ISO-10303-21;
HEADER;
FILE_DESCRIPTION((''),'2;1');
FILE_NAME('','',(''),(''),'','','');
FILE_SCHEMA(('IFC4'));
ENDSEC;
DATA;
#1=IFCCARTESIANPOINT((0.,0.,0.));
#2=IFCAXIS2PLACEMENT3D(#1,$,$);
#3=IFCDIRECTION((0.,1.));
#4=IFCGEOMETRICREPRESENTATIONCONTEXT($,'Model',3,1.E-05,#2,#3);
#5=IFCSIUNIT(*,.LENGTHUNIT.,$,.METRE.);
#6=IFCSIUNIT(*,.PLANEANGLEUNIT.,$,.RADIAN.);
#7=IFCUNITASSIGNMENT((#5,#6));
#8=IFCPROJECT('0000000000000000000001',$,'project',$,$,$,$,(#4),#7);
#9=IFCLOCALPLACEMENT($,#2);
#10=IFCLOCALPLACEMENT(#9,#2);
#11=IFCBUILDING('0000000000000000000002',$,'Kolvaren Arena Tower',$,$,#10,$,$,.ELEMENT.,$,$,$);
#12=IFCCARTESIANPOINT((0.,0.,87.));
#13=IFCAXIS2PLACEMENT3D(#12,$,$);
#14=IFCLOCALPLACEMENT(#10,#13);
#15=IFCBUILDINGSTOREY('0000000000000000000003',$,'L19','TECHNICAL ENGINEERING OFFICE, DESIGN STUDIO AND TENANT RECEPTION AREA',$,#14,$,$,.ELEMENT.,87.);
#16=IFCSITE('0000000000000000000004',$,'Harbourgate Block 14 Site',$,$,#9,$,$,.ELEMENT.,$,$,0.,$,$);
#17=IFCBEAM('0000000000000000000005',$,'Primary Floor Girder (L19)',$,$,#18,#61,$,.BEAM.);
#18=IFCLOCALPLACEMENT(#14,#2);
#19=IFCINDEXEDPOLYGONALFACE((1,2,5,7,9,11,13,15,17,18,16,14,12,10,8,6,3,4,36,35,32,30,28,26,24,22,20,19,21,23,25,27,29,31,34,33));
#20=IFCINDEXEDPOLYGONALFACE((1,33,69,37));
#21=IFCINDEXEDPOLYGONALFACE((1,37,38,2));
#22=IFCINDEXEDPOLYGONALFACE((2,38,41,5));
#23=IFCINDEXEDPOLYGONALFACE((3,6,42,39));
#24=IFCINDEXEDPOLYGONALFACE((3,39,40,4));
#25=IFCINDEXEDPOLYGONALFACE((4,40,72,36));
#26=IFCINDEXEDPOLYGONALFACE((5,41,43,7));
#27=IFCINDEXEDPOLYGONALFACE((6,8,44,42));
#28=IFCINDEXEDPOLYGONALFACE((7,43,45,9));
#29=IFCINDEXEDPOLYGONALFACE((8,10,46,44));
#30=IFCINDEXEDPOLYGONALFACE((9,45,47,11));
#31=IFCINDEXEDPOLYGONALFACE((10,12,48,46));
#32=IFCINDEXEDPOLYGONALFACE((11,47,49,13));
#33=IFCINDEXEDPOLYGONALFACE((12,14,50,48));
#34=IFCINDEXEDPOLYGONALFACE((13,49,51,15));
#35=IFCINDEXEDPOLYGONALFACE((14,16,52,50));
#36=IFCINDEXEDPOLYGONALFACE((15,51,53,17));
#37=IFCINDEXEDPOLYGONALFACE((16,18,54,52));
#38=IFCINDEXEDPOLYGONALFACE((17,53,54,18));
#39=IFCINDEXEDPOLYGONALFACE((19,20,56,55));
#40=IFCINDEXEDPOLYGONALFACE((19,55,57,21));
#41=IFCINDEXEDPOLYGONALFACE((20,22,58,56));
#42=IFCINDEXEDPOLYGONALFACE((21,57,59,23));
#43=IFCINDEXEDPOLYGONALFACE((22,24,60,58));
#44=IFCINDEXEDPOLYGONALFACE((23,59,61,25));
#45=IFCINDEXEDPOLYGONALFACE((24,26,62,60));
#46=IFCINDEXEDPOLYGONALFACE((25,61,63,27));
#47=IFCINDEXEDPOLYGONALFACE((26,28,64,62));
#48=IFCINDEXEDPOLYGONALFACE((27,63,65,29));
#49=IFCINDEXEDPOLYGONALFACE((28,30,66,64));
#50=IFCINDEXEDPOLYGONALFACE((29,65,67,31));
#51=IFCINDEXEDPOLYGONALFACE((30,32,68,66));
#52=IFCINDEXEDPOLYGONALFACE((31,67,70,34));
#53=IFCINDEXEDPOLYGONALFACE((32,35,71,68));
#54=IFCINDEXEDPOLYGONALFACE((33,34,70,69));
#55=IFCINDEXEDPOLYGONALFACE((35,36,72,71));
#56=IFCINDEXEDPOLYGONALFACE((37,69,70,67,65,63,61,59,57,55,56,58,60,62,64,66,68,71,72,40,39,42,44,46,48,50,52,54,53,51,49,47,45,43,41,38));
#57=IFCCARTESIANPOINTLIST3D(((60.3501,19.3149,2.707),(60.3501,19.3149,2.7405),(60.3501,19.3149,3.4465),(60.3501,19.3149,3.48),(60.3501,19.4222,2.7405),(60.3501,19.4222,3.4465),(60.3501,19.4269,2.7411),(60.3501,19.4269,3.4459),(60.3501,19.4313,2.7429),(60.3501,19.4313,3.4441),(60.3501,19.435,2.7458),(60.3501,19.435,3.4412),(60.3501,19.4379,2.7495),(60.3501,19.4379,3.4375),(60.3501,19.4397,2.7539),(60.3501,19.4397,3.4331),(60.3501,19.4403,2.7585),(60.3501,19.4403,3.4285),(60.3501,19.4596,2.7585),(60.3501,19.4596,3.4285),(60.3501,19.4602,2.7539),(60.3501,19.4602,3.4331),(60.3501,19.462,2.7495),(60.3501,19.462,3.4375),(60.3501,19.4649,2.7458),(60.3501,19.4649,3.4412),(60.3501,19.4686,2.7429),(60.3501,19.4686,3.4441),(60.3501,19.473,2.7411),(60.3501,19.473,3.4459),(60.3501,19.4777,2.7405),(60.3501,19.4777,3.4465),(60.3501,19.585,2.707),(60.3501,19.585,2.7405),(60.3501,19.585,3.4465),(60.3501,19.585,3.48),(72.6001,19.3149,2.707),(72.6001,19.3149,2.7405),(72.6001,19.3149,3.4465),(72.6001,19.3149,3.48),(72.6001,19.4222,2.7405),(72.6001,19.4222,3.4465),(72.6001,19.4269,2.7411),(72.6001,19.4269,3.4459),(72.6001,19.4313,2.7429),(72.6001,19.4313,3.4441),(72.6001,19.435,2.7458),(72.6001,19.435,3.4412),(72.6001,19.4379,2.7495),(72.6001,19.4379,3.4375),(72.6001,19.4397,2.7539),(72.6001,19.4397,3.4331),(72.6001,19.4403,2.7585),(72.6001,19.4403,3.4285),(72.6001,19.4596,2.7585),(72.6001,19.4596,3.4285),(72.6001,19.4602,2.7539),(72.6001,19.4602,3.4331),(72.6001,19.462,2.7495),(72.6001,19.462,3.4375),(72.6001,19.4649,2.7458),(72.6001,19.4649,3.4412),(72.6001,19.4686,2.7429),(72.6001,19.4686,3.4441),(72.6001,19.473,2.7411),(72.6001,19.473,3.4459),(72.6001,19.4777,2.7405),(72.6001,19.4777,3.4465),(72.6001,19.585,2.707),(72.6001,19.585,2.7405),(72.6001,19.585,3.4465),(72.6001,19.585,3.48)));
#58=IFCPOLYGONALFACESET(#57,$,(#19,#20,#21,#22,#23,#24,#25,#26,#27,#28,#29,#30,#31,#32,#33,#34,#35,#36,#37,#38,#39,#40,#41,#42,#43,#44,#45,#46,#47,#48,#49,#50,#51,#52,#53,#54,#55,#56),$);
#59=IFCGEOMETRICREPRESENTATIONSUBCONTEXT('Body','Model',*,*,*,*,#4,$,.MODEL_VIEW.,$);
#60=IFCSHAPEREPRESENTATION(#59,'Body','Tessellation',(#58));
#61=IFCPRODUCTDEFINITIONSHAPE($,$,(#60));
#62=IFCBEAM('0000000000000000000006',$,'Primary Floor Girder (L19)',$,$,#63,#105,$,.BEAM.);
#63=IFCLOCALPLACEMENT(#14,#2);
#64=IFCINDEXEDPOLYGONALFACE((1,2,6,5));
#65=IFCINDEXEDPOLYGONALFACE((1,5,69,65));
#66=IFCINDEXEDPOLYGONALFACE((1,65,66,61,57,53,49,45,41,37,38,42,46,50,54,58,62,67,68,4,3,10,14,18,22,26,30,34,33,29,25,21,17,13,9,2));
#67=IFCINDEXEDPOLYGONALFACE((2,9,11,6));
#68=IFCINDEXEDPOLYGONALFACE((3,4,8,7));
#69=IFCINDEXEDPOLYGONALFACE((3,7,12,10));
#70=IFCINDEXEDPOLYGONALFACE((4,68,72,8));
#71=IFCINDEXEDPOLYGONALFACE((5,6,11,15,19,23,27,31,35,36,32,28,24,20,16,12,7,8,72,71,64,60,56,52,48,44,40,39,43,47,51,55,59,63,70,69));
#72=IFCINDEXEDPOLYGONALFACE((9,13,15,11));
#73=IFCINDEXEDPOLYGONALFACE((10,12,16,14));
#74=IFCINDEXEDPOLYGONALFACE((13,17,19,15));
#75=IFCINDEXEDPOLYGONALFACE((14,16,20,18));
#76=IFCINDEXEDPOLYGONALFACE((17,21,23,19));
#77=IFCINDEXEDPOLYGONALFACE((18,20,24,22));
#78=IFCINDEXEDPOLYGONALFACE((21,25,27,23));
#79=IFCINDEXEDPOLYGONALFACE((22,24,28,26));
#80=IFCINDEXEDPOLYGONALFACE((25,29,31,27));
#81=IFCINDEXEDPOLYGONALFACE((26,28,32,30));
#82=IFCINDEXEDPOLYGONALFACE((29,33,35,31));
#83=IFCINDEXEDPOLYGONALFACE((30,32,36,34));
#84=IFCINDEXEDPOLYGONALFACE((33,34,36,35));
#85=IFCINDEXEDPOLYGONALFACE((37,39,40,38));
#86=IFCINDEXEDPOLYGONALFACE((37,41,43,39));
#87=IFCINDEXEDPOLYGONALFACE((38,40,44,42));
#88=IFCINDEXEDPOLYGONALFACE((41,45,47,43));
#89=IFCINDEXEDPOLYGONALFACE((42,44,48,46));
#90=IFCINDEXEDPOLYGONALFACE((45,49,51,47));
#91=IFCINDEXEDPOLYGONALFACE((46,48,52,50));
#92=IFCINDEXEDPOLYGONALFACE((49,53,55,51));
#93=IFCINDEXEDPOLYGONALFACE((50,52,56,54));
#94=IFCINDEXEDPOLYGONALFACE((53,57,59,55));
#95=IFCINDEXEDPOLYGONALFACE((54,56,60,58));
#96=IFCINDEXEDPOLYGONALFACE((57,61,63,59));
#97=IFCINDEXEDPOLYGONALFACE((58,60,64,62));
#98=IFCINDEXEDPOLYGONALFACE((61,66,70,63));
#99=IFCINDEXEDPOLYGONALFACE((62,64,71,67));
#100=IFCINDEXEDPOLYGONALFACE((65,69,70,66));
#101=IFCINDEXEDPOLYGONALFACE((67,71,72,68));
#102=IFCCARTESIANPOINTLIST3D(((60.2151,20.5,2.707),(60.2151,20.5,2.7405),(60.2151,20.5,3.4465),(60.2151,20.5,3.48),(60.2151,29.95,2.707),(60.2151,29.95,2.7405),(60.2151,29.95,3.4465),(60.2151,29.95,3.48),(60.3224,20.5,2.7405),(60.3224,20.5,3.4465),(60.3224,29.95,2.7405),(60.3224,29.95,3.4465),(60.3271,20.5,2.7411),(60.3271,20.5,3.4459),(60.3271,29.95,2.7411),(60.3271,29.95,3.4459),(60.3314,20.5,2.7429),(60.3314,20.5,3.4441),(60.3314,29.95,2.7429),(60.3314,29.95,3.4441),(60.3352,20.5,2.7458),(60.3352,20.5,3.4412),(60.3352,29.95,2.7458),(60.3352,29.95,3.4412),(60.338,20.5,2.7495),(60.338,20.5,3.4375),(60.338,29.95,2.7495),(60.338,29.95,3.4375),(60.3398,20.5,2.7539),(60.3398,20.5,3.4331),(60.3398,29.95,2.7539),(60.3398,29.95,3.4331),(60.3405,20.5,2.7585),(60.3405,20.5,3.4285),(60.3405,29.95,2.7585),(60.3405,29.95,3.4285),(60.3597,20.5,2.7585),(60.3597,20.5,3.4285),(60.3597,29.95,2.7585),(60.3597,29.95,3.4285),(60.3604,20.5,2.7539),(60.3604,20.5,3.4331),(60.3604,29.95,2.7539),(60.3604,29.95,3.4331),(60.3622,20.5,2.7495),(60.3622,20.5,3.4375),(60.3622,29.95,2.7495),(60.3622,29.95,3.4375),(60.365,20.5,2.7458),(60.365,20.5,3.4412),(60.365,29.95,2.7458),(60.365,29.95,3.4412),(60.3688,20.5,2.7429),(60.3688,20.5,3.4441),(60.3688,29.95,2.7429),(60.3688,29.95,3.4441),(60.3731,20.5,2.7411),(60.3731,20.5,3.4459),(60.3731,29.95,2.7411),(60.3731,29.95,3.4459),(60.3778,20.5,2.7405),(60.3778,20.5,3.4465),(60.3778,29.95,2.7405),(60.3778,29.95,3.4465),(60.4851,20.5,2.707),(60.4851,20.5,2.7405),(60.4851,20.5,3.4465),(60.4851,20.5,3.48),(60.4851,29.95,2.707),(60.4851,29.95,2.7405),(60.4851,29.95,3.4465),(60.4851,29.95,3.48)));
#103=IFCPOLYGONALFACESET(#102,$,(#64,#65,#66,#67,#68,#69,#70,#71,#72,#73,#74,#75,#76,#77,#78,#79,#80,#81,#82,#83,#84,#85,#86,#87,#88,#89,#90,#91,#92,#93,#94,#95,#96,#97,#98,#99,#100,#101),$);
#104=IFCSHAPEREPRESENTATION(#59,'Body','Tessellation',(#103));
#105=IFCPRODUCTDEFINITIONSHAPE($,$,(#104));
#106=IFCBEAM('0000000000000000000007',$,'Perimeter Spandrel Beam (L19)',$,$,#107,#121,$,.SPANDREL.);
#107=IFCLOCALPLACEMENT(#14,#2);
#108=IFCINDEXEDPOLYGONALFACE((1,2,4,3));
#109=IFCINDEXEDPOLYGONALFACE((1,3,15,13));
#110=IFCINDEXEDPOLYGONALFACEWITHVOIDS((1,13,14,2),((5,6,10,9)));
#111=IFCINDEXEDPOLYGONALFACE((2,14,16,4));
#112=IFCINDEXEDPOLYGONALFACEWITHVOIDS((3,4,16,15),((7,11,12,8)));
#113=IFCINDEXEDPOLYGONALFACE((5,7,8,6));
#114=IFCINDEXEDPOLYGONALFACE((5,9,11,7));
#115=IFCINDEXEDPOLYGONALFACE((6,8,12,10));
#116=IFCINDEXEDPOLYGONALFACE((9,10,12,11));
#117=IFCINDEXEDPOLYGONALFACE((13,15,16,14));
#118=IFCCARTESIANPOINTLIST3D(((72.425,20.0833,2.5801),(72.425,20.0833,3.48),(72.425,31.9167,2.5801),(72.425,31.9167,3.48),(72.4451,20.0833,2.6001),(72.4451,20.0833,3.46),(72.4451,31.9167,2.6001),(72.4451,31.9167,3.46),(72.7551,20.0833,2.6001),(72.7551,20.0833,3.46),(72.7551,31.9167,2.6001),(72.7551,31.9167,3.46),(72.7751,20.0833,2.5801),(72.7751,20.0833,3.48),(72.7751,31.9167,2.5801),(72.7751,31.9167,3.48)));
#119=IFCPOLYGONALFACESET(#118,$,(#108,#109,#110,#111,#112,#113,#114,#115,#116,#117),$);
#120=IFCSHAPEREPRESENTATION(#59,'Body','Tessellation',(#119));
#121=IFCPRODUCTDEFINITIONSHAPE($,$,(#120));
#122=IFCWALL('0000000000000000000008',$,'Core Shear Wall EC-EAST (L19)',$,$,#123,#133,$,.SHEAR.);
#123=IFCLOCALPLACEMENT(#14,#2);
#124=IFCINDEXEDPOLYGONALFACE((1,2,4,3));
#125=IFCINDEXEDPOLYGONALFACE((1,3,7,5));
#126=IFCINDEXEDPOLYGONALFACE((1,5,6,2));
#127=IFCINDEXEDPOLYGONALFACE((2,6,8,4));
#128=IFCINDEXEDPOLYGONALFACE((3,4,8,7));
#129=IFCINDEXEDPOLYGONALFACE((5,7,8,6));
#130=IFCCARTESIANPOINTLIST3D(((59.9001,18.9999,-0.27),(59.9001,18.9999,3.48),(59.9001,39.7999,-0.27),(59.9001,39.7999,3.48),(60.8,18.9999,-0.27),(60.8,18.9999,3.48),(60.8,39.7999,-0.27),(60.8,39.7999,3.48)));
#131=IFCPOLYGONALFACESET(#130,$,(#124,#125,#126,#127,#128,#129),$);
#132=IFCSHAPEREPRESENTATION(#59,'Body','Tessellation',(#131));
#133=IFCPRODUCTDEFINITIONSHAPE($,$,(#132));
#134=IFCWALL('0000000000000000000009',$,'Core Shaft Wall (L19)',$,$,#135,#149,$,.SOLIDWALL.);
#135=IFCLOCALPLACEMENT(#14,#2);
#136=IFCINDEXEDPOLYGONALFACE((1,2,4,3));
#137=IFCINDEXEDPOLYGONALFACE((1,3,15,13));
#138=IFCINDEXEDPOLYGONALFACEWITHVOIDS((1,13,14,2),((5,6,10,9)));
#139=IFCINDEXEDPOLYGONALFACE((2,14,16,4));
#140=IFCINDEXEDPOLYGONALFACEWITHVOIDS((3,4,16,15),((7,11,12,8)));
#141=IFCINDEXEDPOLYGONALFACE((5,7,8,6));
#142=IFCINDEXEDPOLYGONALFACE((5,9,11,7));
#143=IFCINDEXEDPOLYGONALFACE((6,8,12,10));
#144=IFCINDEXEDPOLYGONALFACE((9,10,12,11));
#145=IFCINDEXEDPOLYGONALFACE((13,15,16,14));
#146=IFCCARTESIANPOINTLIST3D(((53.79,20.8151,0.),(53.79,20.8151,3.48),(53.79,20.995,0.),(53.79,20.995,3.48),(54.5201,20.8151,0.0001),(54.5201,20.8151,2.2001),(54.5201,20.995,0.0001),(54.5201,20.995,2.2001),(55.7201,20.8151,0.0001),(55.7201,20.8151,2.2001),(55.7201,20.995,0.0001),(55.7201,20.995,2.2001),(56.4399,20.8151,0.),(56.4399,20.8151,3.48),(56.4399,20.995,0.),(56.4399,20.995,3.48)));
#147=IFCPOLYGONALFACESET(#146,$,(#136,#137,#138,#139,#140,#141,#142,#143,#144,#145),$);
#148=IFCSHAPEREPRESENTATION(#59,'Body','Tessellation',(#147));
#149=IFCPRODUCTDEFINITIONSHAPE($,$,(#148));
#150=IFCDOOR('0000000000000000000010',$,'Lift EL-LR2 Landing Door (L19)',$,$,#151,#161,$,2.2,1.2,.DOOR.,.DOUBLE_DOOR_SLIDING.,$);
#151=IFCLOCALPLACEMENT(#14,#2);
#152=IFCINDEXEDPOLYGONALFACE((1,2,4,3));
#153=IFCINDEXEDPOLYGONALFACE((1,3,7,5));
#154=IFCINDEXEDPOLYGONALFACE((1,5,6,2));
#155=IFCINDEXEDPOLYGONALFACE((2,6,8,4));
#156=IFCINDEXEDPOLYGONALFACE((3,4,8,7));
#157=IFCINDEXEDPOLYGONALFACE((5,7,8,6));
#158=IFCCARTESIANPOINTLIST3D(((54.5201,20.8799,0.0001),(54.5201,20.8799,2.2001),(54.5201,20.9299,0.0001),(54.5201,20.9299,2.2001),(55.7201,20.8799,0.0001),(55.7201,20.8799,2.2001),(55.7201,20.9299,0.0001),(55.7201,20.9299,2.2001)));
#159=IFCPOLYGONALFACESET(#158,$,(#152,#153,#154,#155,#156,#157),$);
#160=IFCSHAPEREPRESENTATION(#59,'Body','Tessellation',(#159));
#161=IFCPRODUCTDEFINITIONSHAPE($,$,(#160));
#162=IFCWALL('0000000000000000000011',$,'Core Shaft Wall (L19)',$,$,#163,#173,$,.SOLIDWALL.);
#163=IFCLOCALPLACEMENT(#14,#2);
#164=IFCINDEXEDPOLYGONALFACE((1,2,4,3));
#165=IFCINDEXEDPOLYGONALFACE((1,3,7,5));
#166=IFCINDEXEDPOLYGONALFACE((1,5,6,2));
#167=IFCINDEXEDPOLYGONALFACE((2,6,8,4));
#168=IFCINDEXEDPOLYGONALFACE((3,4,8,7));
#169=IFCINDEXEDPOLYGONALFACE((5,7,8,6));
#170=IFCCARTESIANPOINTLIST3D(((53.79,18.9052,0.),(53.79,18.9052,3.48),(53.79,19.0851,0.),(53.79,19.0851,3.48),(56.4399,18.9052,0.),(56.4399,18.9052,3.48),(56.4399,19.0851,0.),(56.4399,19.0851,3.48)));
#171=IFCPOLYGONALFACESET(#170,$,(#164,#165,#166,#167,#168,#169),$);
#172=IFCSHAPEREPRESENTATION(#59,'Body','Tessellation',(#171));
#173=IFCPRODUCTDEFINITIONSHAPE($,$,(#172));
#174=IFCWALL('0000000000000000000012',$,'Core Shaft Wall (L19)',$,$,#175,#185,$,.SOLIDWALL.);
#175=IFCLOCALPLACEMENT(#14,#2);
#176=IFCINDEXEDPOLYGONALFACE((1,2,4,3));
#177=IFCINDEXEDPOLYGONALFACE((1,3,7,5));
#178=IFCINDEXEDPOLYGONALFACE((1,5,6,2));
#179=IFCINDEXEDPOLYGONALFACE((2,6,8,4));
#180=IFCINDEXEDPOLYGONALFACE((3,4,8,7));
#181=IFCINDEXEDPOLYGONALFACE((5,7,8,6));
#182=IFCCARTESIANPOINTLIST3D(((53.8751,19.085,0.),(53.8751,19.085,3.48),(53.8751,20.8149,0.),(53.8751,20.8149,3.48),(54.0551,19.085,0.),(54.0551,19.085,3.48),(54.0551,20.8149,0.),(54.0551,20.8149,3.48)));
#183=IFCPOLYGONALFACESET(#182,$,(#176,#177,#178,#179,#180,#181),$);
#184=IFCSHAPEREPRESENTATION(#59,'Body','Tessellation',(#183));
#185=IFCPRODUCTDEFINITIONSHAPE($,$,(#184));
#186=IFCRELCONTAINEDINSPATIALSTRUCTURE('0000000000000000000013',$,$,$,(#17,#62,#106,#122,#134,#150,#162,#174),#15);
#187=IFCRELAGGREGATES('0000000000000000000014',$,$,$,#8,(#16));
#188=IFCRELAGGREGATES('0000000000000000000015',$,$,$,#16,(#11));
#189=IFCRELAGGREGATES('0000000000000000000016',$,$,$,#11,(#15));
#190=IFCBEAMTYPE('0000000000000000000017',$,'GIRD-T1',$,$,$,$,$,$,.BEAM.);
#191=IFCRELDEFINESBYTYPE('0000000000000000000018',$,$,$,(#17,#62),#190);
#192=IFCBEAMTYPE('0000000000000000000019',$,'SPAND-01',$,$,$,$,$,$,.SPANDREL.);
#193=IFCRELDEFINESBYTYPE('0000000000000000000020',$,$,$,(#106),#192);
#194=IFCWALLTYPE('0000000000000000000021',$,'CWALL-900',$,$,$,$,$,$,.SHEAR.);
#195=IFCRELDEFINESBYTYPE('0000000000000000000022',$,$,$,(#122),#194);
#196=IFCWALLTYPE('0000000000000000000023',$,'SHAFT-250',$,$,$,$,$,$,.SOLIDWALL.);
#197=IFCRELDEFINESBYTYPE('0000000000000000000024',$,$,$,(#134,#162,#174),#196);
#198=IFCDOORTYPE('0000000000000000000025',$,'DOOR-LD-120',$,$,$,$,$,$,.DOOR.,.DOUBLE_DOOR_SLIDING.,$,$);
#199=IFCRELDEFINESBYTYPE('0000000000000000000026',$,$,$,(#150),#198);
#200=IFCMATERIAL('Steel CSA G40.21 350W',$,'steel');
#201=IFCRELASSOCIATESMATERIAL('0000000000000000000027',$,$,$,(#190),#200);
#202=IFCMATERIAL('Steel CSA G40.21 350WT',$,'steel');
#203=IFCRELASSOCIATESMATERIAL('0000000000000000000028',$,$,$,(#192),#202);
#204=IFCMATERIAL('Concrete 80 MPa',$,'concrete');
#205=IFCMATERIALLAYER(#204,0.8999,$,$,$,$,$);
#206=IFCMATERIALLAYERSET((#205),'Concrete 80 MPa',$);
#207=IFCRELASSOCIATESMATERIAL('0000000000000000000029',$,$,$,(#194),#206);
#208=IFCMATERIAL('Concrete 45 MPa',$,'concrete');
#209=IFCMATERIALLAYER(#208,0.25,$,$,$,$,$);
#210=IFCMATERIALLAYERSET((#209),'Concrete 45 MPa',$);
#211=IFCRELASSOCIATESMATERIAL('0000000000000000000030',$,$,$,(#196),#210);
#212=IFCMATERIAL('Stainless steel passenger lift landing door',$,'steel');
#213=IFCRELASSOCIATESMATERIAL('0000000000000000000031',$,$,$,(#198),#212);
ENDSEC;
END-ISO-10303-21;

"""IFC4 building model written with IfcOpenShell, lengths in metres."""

from ifc_helpers import new_model, si_unit, direction, frame, frame_2d, origin, origin_2d, place, context, subcontext, project, spatial, rectangle, hollow_rectangle, i_section, extrude, material, layer, layer_set, material_profile, profile_set, type_object, element, fill, save


model = new_model("IFC4")

# Units and contexts
model_context = context("Model", 3, precision=1e-05, world=origin(), true_north=direction((0.0, 1.0)))
body_context = subcontext(model_context, "Body", "Model", "MODEL_VIEW")
ifc_project = project(units=[si_unit("LENGTHUNIT", "METRE"), si_unit("PLANEANGLEUNIT", "RADIAN")], contexts=[model_context])

# Site, building, storey
site_placement = place(None, origin())
site = spatial("IfcSite", under=ifc_project, at=site_placement, Name="Harbourgate Block 14 Site", CompositionType="ELEMENT", RefElevation=0.0)
building_placement = place(site_placement, origin())
building = spatial("IfcBuilding", under=site, at=building_placement, Name="Kolvaren Arena Tower", CompositionType="ELEMENT")
storey_placement = place(building_placement, frame((0.0, 0.0, 87.0)))
storey = spatial("IfcBuildingStorey", under=building, at=storey_placement, Name="L19", Description="TECHNICAL ENGINEERING OFFICE, DESIGN STUDIO AND TENANT RECEPTION AREA", CompositionType="ELEMENT", Elevation=87.0)

# Beams
ifc_material_1 = material(Name="Steel CSA G40.21 350W", Category="steel")
ifc_material_profile_1 = material_profile(ifc_material_1, i_section(OverallWidth=0.27, OverallDepth=0.7729, WebThickness=0.0193, FlangeThickness=0.0334, FilletRadius=0.0181, at=origin_2d()), Name="W760x257")
ifc_profile_set_1 = profile_set([ifc_material_profile_1], Name="Steel CSA G40.21 350W")
beam_type_1 = type_object("IfcBeamType", Name="GIRD-T1", PredefinedType="BEAM", material=ifc_profile_set_1)
beam_1_placement = place(storey_placement, frame((60.3501, 19.45, 3.0935), z_axis=(1.0, 0.0, 0.0), x_axis=(0.0, 1.0, 0.0)))
element("IfcBeam", 1, at=beam_1_placement, inside=storey, type_object=beam_type_1, Name="Primary Floor Girder (L19)", PredefinedType="BEAM", context=body_context, shape_type="SweptSolid", body=[
    extrude(i_section(OverallWidth=0.27, OverallDepth=0.7729, WebThickness=0.0193, FlangeThickness=0.0334, FilletRadius=0.0181, at=origin_2d()), origin(), (0.0, 0.0, 1.0), 12.25),
])
beam_2_placement = place(storey_placement, frame((60.3501, 20.5, 3.0935), z_axis=(0.0, 1.0, 0.0), x_axis=(-1.0, 0.0, 0.0)))
element("IfcBeam", 2, at=beam_2_placement, inside=storey, type_object=beam_type_1, Name="Primary Floor Girder (L19)", PredefinedType="BEAM", context=body_context, shape_type="SweptSolid", body=[
    extrude(i_section(OverallWidth=0.27, OverallDepth=0.7729, WebThickness=0.0193, FlangeThickness=0.0334, FilletRadius=0.0181, at=origin_2d()), origin(), (0.0, 0.0, 1.0), 9.45),
])
ifc_material_2 = material(Name="Steel CSA G40.21 350WT", Category="steel")
ifc_material_profile_2 = material_profile(ifc_material_2, hollow_rectangle(XDim=0.3501, YDim=0.8999, WallThickness=0.02, at=origin_2d()), Name="HSS 900x350x20")
ifc_profile_set_2 = profile_set([ifc_material_profile_2], Name="Steel CSA G40.21 350WT")
beam_type_2 = type_object("IfcBeamType", Name="SPAND-01", PredefinedType="SPANDREL", material=ifc_profile_set_2)
beam_3_placement = place(storey_placement, frame((72.6001, 20.0833, 3.03), z_axis=(0.0, 1.0, 0.0), x_axis=(-1.0, 0.0, 0.0)))
element("IfcBeam", 3, at=beam_3_placement, inside=storey, type_object=beam_type_2, Name="Perimeter Spandrel Beam (L19)", PredefinedType="SPANDREL", context=body_context, shape_type="SweptSolid", body=[
    extrude(hollow_rectangle(XDim=0.3501, YDim=0.8999, WallThickness=0.02, at=origin_2d()), origin(), (0.0, 0.0, 1.0), 11.8335),
])

# Wall
ifc_material_3 = material(Name="Concrete 80 MPa", Category="concrete")
ifc_layer_1 = layer(ifc_material_3, 0.8999)
ifc_layer_set_1 = layer_set([ifc_layer_1], Name="Concrete 80 MPa")
wall_type_1 = type_object("IfcWallType", Name="CWALL-900", PredefinedType="SHEAR", material=ifc_layer_set_1)
wall_1_placement = place(storey_placement, frame((60.3501, 19.0, -0.27), z_axis=(0.0, 0.0, 1.0), x_axis=(0.0, 1.0, 0.0)))
element("IfcWall", 4, at=wall_1_placement, inside=storey, type_object=wall_type_1, Name="Core Shear Wall EC-EAST (L19)", PredefinedType="SHEAR", context=body_context, shape_type="SweptSolid", body=[
    extrude(rectangle(XDim=20.8, YDim=0.8999, at=frame_2d((10.3999, 0.0))), origin(), (0.0, 0.0, 1.0), 3.75),
])

# Wall, opening, door
ifc_material_4 = material(Name="Concrete 45 MPa", Category="concrete")
ifc_layer_2 = layer(ifc_material_4, 0.25)
ifc_layer_set_2 = layer_set([ifc_layer_2], Name="Concrete 45 MPa")
wall_type_2 = type_object("IfcWallType", Name="SHAFT-250", PredefinedType="SOLIDWALL", material=ifc_layer_set_2)
wall_2_placement = place(storey_placement, frame((53.79, 20.905, 0.0), z_axis=(0.0, 0.0, 1.0), x_axis=(1.0, 0.0, 0.0)))
wall_2 = element("IfcWall", 5, at=wall_2_placement, inside=storey, type_object=wall_type_2, Name="Core Shaft Wall (L19)", PredefinedType="SOLIDWALL", context=body_context, shape_type="SweptSolid", body=[
    extrude(rectangle(XDim=2.6499, YDim=0.1799, at=frame_2d((1.325, 0.0))), origin(), (0.0, 0.0, 1.0), 3.48),
])
opening_1_placement = place(wall_2_placement, frame((0.73, 0.0, 0.0)))
opening_1 = element("IfcOpeningElement", 6, at=opening_1_placement, cuts=wall_2, PredefinedType="OPENING", context=body_context, shape_type="SweptSolid", body=[
    extrude(rectangle(XDim=1.2, YDim=2.2, at=frame_2d((0.6001, 1.1001))), frame((0.0, 0.0999, 0.0), z_axis=(0.0, -1.0, 0.0), x_axis=(1.0, 0.0, 0.0)), (0.0, 0.0, 1.0), 0.2),
])
ifc_material_5 = material(Name="Stainless steel passenger lift landing door", Category="steel")
door_type = type_object("IfcDoorType", Name="DOOR-LD-120", OperationType="DOUBLE_DOOR_SLIDING", PredefinedType="DOOR", material=ifc_material_5)
door_1_placement = place(opening_1_placement, origin())
door_1 = element("IfcDoor", 7, at=door_1_placement, inside=storey, type_object=door_type, Name="Lift EL-LR2 Landing Door (L19)", OperationType="DOUBLE_DOOR_SLIDING", OverallHeight=2.2, OverallWidth=1.2, PredefinedType="DOOR", context=body_context, shape_type="SweptSolid", body=[
    extrude(rectangle(XDim=1.2, YDim=2.2, at=frame_2d((0.6001, 1.1001))), frame((0.0, 0.0249, 0.0), z_axis=(0.0, -1.0, 0.0), x_axis=(1.0, 0.0, 0.0)), (0.0, 0.0, 1.0), 0.05),
])
fill(opening_1, door_1)

# Walls
wall_3_placement = place(storey_placement, frame((53.79, 18.9951, 0.0), z_axis=(0.0, 0.0, 1.0), x_axis=(1.0, 0.0, 0.0)))
element("IfcWall", 8, at=wall_3_placement, inside=storey, type_object=wall_type_2, Name="Core Shaft Wall (L19)", PredefinedType="SOLIDWALL", context=body_context, shape_type="SweptSolid", body=[
    extrude(rectangle(XDim=2.6499, YDim=0.1799, at=frame_2d((1.325, 0.0))), origin(), (0.0, 0.0, 1.0), 3.48),
])
for number, where, z_axis, x_axis, name in (
    (9, (53.9651, 19.085, 0.0), (0.0, 0.0, 1.0), (0.0, 1.0, 0.0), "Core Shaft Wall (L19)"),
):
    element("IfcWall", number, at=place(storey_placement, frame(where, z_axis=z_axis, x_axis=x_axis)), inside=storey, type_object=wall_type_2, Name=name, PredefinedType="SOLIDWALL", context=body_context, shape_type="SweptSolid", body=[
        extrude(rectangle(XDim=1.73, YDim=0.1799, at=frame_2d((0.865, 0.0))), origin(), (0.0, 0.0, 1.0), 3.48),
    ])

save(model, "model.ifc")
